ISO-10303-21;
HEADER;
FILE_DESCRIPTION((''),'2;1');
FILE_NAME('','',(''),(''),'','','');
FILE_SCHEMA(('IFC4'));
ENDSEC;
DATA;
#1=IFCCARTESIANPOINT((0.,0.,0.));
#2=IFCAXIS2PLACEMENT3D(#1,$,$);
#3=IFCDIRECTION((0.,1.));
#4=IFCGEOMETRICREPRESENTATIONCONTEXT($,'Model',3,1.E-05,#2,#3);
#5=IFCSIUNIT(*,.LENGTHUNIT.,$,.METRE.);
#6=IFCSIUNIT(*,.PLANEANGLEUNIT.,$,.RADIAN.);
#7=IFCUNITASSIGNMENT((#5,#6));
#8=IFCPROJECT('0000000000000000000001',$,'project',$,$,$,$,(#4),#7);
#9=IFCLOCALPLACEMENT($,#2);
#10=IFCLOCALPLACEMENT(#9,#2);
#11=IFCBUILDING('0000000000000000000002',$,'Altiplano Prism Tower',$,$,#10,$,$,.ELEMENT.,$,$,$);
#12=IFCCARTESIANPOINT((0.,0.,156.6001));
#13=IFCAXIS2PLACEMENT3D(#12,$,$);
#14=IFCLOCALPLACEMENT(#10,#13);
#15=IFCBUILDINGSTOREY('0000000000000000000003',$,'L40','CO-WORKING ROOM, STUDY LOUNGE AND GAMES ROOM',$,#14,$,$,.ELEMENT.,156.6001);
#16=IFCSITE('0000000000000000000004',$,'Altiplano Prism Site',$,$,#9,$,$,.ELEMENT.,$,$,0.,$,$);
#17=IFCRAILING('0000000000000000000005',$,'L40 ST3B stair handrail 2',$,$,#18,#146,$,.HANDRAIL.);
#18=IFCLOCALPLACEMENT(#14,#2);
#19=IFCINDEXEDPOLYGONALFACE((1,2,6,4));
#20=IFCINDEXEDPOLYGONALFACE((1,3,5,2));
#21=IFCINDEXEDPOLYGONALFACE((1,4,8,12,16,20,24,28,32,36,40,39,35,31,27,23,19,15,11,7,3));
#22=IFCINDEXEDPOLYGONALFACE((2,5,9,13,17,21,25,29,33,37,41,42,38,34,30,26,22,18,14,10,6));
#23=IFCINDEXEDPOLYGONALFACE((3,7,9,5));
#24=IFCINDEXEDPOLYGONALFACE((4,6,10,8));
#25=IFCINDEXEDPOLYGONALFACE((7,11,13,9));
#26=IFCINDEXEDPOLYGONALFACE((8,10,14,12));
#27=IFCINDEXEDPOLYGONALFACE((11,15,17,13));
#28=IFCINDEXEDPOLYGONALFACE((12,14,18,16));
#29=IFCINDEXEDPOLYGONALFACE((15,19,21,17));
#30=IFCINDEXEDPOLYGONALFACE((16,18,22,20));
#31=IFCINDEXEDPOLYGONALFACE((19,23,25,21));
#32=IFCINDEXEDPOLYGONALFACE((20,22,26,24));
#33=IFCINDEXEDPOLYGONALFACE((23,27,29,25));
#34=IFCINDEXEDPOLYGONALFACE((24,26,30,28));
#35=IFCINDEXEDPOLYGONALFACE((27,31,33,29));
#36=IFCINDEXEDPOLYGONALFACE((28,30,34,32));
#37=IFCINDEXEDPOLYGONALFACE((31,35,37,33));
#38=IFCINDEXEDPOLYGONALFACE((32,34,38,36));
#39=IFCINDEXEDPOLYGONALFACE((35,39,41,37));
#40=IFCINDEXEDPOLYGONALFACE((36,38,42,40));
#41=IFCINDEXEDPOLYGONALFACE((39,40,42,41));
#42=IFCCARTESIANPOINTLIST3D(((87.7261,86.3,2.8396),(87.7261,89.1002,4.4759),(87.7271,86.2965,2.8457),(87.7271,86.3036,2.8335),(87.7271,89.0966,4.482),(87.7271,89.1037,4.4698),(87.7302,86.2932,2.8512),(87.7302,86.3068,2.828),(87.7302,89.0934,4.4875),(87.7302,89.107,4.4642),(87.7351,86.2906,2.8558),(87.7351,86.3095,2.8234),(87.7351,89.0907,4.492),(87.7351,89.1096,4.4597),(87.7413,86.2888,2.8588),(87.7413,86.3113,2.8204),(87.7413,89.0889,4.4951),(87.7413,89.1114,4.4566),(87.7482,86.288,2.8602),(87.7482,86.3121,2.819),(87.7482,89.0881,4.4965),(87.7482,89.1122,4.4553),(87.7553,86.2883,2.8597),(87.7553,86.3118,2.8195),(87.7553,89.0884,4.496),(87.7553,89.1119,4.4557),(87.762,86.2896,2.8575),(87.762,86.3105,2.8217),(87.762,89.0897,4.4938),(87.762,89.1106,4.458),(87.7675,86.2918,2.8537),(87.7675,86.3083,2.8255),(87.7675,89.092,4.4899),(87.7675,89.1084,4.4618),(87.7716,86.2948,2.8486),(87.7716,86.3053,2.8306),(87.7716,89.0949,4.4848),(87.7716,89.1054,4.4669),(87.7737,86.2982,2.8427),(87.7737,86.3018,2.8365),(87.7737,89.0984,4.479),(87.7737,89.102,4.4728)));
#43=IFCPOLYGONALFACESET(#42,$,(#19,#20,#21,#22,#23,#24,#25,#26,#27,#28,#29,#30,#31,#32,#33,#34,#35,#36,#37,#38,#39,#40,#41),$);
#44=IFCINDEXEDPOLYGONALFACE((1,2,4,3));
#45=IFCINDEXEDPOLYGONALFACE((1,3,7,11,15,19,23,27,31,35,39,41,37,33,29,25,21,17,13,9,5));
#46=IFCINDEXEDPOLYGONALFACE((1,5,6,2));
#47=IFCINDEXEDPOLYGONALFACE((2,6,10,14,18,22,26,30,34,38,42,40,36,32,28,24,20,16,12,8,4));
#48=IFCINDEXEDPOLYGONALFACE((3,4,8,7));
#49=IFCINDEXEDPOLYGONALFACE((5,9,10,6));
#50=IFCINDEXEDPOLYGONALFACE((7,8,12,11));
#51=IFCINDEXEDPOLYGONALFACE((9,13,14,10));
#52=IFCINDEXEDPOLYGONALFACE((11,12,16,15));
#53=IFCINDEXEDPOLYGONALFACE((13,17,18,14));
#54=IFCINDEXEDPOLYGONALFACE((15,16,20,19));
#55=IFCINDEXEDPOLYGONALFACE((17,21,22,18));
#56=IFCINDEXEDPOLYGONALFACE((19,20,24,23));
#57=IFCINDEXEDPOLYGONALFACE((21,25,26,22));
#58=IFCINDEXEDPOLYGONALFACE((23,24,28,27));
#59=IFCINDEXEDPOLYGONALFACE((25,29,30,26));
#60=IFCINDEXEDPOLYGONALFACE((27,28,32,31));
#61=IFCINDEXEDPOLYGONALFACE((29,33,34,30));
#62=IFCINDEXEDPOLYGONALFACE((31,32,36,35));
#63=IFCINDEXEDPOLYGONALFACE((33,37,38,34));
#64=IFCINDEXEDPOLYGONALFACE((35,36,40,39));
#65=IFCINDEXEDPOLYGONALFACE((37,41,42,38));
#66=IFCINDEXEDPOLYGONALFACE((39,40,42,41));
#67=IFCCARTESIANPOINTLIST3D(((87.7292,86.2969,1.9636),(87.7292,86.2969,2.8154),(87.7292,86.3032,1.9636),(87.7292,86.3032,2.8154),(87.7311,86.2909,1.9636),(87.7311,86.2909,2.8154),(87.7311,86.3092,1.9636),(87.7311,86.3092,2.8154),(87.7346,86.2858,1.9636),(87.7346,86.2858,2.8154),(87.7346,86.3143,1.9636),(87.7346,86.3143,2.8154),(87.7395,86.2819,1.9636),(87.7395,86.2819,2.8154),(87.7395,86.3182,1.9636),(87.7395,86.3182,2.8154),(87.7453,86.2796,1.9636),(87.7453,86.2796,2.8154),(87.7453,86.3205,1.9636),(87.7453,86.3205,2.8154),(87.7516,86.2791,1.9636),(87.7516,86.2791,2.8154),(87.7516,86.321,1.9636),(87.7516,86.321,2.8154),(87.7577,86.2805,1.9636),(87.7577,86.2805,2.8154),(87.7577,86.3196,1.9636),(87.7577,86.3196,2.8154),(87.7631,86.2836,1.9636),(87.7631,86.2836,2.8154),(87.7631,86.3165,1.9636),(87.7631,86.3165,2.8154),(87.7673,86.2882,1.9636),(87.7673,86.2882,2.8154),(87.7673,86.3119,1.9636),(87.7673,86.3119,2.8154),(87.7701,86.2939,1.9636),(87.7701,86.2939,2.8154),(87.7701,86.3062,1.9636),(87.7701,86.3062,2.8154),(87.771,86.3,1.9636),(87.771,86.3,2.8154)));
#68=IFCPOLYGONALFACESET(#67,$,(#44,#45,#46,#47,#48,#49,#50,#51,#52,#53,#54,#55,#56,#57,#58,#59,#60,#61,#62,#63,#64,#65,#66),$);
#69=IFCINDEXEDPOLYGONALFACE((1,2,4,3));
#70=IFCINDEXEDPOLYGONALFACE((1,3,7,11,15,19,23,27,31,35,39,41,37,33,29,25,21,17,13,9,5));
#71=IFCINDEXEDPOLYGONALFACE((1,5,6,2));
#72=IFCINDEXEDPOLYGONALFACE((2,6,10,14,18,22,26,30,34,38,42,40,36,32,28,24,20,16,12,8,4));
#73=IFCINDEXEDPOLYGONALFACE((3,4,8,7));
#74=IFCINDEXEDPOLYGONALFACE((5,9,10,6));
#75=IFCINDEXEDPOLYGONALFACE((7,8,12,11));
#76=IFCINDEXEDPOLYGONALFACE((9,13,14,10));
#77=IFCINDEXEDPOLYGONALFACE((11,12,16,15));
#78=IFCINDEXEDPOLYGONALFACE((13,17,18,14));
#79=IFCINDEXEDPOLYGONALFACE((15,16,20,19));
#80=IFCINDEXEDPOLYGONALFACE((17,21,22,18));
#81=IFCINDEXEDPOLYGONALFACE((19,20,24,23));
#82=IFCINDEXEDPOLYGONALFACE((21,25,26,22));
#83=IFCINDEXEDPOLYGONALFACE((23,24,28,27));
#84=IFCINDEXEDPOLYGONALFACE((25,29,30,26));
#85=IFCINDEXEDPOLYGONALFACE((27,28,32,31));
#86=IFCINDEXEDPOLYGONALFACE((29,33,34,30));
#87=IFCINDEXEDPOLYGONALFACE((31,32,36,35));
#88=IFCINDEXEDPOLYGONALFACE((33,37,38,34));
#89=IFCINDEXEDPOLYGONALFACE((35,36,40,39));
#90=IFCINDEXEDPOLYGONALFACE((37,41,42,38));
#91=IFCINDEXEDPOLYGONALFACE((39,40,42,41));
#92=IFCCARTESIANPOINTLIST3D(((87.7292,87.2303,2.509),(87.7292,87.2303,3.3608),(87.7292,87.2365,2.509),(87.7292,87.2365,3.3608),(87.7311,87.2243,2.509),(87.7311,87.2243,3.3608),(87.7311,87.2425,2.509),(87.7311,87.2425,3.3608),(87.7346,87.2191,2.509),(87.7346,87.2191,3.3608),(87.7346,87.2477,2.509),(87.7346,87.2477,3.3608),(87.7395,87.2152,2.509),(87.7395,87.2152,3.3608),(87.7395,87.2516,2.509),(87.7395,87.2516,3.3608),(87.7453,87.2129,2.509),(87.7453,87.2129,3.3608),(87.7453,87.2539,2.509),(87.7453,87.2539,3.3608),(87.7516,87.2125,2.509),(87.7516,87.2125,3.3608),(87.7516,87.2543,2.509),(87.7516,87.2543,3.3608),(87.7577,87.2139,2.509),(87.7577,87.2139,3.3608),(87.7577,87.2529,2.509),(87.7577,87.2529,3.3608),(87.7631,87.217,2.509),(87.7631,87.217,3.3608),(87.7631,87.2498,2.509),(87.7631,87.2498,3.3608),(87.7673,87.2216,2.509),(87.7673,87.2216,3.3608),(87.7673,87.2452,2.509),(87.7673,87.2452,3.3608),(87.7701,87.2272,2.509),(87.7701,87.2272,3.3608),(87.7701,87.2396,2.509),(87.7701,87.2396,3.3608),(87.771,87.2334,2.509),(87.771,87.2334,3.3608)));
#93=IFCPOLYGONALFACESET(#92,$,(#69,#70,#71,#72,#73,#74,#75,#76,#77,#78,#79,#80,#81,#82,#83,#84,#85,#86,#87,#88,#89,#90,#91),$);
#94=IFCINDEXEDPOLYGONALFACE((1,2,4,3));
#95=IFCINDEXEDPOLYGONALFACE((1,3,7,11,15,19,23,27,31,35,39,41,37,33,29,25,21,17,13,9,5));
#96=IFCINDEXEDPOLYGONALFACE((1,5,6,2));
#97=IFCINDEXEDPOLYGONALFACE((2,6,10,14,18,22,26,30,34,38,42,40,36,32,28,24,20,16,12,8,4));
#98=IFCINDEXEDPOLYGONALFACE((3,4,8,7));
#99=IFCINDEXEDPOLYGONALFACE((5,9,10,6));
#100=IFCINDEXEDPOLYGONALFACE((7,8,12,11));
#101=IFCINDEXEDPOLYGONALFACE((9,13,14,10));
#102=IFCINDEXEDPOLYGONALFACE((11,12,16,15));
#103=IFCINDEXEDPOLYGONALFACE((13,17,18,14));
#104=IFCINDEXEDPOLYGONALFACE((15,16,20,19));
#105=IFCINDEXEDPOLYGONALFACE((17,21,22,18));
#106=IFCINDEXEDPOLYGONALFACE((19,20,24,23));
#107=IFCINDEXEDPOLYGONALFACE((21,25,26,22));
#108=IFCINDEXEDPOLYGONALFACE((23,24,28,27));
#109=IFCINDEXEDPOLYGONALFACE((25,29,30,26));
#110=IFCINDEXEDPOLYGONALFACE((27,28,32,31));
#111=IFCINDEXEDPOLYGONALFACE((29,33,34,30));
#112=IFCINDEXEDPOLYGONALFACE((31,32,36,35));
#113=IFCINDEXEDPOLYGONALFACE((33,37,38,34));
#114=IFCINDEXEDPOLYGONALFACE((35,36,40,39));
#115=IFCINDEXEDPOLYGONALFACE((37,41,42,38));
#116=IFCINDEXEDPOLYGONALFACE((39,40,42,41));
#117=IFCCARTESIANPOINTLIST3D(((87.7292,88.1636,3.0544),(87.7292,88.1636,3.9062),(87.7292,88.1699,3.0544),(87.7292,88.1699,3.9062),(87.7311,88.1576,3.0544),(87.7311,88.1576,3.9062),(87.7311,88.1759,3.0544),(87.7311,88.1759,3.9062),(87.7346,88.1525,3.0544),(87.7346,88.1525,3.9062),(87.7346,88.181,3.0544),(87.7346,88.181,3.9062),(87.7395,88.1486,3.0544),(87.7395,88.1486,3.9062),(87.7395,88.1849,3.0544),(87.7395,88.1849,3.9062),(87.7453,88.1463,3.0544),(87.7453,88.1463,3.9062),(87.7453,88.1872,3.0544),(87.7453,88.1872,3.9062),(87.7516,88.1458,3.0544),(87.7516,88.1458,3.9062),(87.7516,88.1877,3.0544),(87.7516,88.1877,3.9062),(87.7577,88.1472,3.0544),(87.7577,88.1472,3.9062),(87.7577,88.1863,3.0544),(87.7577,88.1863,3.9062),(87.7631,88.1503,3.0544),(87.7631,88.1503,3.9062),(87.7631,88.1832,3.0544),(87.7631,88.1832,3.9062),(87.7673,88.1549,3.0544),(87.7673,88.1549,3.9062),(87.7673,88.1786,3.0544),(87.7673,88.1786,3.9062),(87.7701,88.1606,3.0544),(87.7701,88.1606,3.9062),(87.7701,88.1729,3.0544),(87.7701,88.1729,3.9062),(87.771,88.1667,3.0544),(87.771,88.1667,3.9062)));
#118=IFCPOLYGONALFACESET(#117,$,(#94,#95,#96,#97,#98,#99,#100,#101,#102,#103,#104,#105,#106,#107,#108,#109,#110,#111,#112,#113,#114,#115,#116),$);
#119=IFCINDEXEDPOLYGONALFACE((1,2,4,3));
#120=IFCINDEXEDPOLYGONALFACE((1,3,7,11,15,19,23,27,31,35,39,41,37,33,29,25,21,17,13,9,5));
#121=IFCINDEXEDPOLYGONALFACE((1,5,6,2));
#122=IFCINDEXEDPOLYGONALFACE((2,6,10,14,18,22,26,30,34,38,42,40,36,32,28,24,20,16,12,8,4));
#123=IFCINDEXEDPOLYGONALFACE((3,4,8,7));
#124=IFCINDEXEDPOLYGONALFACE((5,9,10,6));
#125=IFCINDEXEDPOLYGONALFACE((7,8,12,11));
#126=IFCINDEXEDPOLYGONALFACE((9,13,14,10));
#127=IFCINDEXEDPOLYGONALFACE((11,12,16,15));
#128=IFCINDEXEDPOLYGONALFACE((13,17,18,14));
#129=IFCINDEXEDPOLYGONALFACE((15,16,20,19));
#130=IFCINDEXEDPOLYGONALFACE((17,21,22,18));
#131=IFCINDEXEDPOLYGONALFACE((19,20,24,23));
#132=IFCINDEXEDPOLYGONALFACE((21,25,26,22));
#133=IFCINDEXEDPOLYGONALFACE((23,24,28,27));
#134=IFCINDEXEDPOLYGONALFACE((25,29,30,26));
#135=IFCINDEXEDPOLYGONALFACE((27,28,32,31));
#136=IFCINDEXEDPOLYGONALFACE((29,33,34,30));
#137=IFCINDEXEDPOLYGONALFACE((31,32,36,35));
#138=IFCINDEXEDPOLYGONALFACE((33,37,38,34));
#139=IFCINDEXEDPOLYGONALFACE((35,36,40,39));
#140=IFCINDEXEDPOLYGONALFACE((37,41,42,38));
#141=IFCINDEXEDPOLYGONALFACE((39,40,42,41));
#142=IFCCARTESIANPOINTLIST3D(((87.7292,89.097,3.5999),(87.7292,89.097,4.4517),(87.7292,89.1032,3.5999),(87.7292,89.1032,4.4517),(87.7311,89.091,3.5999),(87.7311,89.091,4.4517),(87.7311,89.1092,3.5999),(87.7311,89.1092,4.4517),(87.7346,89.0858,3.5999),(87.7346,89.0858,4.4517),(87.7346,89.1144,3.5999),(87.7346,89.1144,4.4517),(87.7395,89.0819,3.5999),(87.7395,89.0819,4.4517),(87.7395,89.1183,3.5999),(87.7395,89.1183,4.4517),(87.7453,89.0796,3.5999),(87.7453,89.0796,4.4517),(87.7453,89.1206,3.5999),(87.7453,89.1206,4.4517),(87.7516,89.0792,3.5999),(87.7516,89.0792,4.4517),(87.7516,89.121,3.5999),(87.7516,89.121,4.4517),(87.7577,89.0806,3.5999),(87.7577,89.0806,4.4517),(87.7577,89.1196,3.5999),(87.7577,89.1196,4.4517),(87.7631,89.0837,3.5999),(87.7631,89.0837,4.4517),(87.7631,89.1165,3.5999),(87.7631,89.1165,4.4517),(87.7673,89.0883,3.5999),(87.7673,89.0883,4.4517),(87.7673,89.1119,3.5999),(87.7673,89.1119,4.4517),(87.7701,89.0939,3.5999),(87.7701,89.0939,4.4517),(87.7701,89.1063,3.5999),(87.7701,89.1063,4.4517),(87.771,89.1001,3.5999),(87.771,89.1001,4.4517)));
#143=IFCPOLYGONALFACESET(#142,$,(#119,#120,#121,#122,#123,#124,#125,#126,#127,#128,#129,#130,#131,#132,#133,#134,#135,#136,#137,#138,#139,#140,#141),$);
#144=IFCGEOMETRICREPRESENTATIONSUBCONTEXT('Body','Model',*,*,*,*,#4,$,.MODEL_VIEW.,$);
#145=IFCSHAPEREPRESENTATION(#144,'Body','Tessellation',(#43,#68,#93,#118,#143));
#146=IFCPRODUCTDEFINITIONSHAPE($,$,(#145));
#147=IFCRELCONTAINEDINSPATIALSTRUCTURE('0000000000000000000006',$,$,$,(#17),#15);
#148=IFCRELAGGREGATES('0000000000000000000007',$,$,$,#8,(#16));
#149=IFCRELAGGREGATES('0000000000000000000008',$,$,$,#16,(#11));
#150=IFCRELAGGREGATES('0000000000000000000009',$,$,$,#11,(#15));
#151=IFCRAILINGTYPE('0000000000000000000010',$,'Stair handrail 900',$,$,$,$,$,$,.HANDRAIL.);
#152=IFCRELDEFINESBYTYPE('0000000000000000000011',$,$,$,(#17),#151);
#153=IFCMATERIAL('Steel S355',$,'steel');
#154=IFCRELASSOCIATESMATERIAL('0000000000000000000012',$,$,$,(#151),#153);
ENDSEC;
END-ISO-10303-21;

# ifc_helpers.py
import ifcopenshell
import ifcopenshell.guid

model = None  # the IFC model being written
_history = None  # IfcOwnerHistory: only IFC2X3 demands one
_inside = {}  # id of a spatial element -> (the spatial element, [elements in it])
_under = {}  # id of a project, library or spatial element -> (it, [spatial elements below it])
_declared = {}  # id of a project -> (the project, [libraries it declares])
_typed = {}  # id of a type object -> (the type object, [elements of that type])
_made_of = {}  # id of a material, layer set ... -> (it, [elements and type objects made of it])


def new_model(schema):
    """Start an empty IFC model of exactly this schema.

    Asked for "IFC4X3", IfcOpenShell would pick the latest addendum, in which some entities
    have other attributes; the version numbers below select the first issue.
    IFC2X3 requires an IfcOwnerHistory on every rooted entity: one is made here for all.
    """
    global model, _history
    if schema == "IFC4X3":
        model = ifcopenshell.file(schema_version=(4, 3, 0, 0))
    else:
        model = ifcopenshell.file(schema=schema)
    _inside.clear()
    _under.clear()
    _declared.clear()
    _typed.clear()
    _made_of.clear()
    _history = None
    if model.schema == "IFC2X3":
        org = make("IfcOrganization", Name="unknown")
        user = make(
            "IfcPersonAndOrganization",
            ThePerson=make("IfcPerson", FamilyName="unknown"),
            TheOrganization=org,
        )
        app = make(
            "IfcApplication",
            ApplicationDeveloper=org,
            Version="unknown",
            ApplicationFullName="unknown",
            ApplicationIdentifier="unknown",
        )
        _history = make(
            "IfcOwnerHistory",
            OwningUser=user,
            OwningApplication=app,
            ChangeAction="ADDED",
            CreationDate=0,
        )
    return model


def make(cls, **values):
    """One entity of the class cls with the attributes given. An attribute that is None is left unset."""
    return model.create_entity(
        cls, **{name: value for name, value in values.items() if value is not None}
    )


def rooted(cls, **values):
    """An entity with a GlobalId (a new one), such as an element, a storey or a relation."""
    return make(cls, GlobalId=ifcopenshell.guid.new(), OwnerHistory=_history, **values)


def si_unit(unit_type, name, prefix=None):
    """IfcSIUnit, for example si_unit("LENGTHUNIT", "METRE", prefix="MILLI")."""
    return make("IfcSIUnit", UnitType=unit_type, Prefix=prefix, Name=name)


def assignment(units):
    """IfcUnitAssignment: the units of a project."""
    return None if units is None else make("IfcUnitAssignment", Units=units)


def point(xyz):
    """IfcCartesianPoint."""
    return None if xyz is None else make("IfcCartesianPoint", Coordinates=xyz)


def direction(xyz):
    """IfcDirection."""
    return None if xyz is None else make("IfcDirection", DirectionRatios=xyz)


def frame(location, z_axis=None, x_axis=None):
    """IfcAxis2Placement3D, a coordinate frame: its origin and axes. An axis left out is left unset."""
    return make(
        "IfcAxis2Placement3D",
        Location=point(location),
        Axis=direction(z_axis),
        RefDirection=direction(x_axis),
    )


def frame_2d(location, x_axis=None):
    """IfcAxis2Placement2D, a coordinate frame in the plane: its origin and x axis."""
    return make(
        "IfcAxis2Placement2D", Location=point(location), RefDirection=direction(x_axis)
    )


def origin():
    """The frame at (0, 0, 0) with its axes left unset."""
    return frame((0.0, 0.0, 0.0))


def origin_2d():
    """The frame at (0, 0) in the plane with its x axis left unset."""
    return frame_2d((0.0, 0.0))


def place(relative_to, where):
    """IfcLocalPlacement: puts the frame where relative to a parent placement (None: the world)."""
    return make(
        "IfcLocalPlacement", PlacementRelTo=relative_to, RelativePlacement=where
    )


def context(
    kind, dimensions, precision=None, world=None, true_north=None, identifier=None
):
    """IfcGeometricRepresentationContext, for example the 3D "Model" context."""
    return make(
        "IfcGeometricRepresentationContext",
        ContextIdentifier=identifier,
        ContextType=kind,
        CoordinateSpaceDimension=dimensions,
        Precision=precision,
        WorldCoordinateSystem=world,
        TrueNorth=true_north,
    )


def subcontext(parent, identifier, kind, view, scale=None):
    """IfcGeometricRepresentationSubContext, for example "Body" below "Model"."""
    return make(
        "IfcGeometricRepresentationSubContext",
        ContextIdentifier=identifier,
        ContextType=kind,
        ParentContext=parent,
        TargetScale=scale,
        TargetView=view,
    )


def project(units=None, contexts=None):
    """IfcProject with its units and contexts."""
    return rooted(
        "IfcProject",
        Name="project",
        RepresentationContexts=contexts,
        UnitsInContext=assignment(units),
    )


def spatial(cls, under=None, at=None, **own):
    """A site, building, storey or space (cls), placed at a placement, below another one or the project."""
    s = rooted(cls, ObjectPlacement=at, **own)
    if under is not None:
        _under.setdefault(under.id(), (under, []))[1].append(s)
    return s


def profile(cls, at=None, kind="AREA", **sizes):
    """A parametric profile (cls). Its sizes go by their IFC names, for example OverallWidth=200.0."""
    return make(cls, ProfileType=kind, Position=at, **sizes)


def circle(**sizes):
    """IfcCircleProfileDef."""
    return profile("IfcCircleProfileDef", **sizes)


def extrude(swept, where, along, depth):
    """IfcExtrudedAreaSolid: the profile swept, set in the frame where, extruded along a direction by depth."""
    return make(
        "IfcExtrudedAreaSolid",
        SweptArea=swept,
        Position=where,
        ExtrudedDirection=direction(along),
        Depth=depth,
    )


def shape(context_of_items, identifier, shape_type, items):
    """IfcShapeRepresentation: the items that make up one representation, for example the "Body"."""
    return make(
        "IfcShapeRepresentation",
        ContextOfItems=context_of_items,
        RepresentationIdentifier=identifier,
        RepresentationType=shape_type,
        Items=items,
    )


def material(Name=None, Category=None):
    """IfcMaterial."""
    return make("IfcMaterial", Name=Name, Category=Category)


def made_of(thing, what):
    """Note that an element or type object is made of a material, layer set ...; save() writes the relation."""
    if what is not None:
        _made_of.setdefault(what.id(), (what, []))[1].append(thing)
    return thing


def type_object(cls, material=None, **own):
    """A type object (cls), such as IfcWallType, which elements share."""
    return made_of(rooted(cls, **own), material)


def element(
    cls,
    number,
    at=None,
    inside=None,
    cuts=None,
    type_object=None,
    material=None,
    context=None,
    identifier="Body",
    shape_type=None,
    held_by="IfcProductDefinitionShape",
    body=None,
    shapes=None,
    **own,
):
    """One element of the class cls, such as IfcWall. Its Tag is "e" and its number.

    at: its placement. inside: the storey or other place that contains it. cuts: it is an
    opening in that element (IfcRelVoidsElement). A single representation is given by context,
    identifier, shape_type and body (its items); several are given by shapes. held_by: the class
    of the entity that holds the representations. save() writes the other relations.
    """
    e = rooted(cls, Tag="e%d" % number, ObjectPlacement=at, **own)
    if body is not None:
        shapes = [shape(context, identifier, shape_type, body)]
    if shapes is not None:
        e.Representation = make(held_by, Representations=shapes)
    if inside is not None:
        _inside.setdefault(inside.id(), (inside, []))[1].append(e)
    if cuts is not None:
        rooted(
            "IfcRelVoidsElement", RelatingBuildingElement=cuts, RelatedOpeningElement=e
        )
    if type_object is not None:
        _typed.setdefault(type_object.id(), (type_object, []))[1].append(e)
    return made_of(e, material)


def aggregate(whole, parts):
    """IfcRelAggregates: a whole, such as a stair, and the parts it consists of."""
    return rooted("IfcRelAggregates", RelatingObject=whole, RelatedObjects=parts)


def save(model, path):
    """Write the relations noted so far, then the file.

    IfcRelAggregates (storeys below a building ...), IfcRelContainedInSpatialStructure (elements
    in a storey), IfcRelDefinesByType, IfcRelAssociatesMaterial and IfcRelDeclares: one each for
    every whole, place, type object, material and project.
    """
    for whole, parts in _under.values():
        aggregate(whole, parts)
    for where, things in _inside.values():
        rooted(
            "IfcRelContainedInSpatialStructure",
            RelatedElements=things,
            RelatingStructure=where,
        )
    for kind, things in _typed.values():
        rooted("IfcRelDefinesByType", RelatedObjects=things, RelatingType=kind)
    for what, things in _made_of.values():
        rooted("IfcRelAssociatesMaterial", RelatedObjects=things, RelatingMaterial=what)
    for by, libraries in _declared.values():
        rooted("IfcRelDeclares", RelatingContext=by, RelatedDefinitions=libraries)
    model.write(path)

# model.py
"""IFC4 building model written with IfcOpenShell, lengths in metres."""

from ifc_helpers import new_model, si_unit, direction, frame, origin, origin_2d, place, context, subcontext, project, spatial, circle, extrude, material, type_object, element, save


model = new_model("IFC4")

# Units and contexts
model_context = context("Model", 3, precision=1e-05, world=origin(), true_north=direction((0.0, 1.0)))
body_context = subcontext(model_context, "Body", "Model", "MODEL_VIEW")
ifc_project = project(units=[si_unit("LENGTHUNIT", "METRE"), si_unit("PLANEANGLEUNIT", "RADIAN")], contexts=[model_context])

# Site, building, storey
site_placement = place(None, origin())
site = spatial("IfcSite", under=ifc_project, at=site_placement, Name="Altiplano Prism Site", CompositionType="ELEMENT", RefElevation=0.0)
building_placement = place(site_placement, origin())
building = spatial("IfcBuilding", under=site, at=building_placement, Name="Altiplano Prism Tower", CompositionType="ELEMENT")
storey_placement = place(building_placement, frame((0.0, 0.0, 156.6001)))
storey = spatial("IfcBuildingStorey", under=building, at=storey_placement, Name="L40", Description="CO-WORKING ROOM, STUDY LOUNGE AND GAMES ROOM", CompositionType="ELEMENT", Elevation=156.6001)

# Railing
ifc_material_1 = material(Name="Steel S355", Category="steel")
railing_type_1 = type_object("IfcRailingType", Name="Stair handrail 900", PredefinedType="HANDRAIL", material=ifc_material_1)
railing_1_placement = place(storey_placement, frame((87.75, 86.3, 1.9636)))
element("IfcRailing", 1, at=railing_1_placement, inside=storey, type_object=railing_type_1, Name="L40 ST3B stair handrail 2", PredefinedType="HANDRAIL", context=body_context, shape_type="SweptSolid", body=[
    extrude(circle(Radius=0.0239, at=origin_2d()), frame((0.0, 0.0, 0.876), z_axis=(0.0, 0.863394, 0.504531), x_axis=(-1.0, 0.0, 0.0)), (0.0, 0.0, 1.0), 3.2432),
    extrude(circle(Radius=0.021, at=origin_2d()), origin(), (0.0, 0.0, 1.0), 0.8518),
    extrude(circle(Radius=0.021, at=origin_2d()), frame((0.0, 0.9333, 0.5454)), (0.0, 0.0, 1.0), 0.8518),
    extrude(circle(Radius=0.021, at=origin_2d()), frame((0.0, 1.8667, 1.0908)), (0.0, 0.0, 1.0), 0.8518),
    extrude(circle(Radius=0.021, at=origin_2d()), frame((0.0, 2.8, 1.6362)), (0.0, 0.0, 1.0), 0.8518),
])

save(model, "model.ifc")
